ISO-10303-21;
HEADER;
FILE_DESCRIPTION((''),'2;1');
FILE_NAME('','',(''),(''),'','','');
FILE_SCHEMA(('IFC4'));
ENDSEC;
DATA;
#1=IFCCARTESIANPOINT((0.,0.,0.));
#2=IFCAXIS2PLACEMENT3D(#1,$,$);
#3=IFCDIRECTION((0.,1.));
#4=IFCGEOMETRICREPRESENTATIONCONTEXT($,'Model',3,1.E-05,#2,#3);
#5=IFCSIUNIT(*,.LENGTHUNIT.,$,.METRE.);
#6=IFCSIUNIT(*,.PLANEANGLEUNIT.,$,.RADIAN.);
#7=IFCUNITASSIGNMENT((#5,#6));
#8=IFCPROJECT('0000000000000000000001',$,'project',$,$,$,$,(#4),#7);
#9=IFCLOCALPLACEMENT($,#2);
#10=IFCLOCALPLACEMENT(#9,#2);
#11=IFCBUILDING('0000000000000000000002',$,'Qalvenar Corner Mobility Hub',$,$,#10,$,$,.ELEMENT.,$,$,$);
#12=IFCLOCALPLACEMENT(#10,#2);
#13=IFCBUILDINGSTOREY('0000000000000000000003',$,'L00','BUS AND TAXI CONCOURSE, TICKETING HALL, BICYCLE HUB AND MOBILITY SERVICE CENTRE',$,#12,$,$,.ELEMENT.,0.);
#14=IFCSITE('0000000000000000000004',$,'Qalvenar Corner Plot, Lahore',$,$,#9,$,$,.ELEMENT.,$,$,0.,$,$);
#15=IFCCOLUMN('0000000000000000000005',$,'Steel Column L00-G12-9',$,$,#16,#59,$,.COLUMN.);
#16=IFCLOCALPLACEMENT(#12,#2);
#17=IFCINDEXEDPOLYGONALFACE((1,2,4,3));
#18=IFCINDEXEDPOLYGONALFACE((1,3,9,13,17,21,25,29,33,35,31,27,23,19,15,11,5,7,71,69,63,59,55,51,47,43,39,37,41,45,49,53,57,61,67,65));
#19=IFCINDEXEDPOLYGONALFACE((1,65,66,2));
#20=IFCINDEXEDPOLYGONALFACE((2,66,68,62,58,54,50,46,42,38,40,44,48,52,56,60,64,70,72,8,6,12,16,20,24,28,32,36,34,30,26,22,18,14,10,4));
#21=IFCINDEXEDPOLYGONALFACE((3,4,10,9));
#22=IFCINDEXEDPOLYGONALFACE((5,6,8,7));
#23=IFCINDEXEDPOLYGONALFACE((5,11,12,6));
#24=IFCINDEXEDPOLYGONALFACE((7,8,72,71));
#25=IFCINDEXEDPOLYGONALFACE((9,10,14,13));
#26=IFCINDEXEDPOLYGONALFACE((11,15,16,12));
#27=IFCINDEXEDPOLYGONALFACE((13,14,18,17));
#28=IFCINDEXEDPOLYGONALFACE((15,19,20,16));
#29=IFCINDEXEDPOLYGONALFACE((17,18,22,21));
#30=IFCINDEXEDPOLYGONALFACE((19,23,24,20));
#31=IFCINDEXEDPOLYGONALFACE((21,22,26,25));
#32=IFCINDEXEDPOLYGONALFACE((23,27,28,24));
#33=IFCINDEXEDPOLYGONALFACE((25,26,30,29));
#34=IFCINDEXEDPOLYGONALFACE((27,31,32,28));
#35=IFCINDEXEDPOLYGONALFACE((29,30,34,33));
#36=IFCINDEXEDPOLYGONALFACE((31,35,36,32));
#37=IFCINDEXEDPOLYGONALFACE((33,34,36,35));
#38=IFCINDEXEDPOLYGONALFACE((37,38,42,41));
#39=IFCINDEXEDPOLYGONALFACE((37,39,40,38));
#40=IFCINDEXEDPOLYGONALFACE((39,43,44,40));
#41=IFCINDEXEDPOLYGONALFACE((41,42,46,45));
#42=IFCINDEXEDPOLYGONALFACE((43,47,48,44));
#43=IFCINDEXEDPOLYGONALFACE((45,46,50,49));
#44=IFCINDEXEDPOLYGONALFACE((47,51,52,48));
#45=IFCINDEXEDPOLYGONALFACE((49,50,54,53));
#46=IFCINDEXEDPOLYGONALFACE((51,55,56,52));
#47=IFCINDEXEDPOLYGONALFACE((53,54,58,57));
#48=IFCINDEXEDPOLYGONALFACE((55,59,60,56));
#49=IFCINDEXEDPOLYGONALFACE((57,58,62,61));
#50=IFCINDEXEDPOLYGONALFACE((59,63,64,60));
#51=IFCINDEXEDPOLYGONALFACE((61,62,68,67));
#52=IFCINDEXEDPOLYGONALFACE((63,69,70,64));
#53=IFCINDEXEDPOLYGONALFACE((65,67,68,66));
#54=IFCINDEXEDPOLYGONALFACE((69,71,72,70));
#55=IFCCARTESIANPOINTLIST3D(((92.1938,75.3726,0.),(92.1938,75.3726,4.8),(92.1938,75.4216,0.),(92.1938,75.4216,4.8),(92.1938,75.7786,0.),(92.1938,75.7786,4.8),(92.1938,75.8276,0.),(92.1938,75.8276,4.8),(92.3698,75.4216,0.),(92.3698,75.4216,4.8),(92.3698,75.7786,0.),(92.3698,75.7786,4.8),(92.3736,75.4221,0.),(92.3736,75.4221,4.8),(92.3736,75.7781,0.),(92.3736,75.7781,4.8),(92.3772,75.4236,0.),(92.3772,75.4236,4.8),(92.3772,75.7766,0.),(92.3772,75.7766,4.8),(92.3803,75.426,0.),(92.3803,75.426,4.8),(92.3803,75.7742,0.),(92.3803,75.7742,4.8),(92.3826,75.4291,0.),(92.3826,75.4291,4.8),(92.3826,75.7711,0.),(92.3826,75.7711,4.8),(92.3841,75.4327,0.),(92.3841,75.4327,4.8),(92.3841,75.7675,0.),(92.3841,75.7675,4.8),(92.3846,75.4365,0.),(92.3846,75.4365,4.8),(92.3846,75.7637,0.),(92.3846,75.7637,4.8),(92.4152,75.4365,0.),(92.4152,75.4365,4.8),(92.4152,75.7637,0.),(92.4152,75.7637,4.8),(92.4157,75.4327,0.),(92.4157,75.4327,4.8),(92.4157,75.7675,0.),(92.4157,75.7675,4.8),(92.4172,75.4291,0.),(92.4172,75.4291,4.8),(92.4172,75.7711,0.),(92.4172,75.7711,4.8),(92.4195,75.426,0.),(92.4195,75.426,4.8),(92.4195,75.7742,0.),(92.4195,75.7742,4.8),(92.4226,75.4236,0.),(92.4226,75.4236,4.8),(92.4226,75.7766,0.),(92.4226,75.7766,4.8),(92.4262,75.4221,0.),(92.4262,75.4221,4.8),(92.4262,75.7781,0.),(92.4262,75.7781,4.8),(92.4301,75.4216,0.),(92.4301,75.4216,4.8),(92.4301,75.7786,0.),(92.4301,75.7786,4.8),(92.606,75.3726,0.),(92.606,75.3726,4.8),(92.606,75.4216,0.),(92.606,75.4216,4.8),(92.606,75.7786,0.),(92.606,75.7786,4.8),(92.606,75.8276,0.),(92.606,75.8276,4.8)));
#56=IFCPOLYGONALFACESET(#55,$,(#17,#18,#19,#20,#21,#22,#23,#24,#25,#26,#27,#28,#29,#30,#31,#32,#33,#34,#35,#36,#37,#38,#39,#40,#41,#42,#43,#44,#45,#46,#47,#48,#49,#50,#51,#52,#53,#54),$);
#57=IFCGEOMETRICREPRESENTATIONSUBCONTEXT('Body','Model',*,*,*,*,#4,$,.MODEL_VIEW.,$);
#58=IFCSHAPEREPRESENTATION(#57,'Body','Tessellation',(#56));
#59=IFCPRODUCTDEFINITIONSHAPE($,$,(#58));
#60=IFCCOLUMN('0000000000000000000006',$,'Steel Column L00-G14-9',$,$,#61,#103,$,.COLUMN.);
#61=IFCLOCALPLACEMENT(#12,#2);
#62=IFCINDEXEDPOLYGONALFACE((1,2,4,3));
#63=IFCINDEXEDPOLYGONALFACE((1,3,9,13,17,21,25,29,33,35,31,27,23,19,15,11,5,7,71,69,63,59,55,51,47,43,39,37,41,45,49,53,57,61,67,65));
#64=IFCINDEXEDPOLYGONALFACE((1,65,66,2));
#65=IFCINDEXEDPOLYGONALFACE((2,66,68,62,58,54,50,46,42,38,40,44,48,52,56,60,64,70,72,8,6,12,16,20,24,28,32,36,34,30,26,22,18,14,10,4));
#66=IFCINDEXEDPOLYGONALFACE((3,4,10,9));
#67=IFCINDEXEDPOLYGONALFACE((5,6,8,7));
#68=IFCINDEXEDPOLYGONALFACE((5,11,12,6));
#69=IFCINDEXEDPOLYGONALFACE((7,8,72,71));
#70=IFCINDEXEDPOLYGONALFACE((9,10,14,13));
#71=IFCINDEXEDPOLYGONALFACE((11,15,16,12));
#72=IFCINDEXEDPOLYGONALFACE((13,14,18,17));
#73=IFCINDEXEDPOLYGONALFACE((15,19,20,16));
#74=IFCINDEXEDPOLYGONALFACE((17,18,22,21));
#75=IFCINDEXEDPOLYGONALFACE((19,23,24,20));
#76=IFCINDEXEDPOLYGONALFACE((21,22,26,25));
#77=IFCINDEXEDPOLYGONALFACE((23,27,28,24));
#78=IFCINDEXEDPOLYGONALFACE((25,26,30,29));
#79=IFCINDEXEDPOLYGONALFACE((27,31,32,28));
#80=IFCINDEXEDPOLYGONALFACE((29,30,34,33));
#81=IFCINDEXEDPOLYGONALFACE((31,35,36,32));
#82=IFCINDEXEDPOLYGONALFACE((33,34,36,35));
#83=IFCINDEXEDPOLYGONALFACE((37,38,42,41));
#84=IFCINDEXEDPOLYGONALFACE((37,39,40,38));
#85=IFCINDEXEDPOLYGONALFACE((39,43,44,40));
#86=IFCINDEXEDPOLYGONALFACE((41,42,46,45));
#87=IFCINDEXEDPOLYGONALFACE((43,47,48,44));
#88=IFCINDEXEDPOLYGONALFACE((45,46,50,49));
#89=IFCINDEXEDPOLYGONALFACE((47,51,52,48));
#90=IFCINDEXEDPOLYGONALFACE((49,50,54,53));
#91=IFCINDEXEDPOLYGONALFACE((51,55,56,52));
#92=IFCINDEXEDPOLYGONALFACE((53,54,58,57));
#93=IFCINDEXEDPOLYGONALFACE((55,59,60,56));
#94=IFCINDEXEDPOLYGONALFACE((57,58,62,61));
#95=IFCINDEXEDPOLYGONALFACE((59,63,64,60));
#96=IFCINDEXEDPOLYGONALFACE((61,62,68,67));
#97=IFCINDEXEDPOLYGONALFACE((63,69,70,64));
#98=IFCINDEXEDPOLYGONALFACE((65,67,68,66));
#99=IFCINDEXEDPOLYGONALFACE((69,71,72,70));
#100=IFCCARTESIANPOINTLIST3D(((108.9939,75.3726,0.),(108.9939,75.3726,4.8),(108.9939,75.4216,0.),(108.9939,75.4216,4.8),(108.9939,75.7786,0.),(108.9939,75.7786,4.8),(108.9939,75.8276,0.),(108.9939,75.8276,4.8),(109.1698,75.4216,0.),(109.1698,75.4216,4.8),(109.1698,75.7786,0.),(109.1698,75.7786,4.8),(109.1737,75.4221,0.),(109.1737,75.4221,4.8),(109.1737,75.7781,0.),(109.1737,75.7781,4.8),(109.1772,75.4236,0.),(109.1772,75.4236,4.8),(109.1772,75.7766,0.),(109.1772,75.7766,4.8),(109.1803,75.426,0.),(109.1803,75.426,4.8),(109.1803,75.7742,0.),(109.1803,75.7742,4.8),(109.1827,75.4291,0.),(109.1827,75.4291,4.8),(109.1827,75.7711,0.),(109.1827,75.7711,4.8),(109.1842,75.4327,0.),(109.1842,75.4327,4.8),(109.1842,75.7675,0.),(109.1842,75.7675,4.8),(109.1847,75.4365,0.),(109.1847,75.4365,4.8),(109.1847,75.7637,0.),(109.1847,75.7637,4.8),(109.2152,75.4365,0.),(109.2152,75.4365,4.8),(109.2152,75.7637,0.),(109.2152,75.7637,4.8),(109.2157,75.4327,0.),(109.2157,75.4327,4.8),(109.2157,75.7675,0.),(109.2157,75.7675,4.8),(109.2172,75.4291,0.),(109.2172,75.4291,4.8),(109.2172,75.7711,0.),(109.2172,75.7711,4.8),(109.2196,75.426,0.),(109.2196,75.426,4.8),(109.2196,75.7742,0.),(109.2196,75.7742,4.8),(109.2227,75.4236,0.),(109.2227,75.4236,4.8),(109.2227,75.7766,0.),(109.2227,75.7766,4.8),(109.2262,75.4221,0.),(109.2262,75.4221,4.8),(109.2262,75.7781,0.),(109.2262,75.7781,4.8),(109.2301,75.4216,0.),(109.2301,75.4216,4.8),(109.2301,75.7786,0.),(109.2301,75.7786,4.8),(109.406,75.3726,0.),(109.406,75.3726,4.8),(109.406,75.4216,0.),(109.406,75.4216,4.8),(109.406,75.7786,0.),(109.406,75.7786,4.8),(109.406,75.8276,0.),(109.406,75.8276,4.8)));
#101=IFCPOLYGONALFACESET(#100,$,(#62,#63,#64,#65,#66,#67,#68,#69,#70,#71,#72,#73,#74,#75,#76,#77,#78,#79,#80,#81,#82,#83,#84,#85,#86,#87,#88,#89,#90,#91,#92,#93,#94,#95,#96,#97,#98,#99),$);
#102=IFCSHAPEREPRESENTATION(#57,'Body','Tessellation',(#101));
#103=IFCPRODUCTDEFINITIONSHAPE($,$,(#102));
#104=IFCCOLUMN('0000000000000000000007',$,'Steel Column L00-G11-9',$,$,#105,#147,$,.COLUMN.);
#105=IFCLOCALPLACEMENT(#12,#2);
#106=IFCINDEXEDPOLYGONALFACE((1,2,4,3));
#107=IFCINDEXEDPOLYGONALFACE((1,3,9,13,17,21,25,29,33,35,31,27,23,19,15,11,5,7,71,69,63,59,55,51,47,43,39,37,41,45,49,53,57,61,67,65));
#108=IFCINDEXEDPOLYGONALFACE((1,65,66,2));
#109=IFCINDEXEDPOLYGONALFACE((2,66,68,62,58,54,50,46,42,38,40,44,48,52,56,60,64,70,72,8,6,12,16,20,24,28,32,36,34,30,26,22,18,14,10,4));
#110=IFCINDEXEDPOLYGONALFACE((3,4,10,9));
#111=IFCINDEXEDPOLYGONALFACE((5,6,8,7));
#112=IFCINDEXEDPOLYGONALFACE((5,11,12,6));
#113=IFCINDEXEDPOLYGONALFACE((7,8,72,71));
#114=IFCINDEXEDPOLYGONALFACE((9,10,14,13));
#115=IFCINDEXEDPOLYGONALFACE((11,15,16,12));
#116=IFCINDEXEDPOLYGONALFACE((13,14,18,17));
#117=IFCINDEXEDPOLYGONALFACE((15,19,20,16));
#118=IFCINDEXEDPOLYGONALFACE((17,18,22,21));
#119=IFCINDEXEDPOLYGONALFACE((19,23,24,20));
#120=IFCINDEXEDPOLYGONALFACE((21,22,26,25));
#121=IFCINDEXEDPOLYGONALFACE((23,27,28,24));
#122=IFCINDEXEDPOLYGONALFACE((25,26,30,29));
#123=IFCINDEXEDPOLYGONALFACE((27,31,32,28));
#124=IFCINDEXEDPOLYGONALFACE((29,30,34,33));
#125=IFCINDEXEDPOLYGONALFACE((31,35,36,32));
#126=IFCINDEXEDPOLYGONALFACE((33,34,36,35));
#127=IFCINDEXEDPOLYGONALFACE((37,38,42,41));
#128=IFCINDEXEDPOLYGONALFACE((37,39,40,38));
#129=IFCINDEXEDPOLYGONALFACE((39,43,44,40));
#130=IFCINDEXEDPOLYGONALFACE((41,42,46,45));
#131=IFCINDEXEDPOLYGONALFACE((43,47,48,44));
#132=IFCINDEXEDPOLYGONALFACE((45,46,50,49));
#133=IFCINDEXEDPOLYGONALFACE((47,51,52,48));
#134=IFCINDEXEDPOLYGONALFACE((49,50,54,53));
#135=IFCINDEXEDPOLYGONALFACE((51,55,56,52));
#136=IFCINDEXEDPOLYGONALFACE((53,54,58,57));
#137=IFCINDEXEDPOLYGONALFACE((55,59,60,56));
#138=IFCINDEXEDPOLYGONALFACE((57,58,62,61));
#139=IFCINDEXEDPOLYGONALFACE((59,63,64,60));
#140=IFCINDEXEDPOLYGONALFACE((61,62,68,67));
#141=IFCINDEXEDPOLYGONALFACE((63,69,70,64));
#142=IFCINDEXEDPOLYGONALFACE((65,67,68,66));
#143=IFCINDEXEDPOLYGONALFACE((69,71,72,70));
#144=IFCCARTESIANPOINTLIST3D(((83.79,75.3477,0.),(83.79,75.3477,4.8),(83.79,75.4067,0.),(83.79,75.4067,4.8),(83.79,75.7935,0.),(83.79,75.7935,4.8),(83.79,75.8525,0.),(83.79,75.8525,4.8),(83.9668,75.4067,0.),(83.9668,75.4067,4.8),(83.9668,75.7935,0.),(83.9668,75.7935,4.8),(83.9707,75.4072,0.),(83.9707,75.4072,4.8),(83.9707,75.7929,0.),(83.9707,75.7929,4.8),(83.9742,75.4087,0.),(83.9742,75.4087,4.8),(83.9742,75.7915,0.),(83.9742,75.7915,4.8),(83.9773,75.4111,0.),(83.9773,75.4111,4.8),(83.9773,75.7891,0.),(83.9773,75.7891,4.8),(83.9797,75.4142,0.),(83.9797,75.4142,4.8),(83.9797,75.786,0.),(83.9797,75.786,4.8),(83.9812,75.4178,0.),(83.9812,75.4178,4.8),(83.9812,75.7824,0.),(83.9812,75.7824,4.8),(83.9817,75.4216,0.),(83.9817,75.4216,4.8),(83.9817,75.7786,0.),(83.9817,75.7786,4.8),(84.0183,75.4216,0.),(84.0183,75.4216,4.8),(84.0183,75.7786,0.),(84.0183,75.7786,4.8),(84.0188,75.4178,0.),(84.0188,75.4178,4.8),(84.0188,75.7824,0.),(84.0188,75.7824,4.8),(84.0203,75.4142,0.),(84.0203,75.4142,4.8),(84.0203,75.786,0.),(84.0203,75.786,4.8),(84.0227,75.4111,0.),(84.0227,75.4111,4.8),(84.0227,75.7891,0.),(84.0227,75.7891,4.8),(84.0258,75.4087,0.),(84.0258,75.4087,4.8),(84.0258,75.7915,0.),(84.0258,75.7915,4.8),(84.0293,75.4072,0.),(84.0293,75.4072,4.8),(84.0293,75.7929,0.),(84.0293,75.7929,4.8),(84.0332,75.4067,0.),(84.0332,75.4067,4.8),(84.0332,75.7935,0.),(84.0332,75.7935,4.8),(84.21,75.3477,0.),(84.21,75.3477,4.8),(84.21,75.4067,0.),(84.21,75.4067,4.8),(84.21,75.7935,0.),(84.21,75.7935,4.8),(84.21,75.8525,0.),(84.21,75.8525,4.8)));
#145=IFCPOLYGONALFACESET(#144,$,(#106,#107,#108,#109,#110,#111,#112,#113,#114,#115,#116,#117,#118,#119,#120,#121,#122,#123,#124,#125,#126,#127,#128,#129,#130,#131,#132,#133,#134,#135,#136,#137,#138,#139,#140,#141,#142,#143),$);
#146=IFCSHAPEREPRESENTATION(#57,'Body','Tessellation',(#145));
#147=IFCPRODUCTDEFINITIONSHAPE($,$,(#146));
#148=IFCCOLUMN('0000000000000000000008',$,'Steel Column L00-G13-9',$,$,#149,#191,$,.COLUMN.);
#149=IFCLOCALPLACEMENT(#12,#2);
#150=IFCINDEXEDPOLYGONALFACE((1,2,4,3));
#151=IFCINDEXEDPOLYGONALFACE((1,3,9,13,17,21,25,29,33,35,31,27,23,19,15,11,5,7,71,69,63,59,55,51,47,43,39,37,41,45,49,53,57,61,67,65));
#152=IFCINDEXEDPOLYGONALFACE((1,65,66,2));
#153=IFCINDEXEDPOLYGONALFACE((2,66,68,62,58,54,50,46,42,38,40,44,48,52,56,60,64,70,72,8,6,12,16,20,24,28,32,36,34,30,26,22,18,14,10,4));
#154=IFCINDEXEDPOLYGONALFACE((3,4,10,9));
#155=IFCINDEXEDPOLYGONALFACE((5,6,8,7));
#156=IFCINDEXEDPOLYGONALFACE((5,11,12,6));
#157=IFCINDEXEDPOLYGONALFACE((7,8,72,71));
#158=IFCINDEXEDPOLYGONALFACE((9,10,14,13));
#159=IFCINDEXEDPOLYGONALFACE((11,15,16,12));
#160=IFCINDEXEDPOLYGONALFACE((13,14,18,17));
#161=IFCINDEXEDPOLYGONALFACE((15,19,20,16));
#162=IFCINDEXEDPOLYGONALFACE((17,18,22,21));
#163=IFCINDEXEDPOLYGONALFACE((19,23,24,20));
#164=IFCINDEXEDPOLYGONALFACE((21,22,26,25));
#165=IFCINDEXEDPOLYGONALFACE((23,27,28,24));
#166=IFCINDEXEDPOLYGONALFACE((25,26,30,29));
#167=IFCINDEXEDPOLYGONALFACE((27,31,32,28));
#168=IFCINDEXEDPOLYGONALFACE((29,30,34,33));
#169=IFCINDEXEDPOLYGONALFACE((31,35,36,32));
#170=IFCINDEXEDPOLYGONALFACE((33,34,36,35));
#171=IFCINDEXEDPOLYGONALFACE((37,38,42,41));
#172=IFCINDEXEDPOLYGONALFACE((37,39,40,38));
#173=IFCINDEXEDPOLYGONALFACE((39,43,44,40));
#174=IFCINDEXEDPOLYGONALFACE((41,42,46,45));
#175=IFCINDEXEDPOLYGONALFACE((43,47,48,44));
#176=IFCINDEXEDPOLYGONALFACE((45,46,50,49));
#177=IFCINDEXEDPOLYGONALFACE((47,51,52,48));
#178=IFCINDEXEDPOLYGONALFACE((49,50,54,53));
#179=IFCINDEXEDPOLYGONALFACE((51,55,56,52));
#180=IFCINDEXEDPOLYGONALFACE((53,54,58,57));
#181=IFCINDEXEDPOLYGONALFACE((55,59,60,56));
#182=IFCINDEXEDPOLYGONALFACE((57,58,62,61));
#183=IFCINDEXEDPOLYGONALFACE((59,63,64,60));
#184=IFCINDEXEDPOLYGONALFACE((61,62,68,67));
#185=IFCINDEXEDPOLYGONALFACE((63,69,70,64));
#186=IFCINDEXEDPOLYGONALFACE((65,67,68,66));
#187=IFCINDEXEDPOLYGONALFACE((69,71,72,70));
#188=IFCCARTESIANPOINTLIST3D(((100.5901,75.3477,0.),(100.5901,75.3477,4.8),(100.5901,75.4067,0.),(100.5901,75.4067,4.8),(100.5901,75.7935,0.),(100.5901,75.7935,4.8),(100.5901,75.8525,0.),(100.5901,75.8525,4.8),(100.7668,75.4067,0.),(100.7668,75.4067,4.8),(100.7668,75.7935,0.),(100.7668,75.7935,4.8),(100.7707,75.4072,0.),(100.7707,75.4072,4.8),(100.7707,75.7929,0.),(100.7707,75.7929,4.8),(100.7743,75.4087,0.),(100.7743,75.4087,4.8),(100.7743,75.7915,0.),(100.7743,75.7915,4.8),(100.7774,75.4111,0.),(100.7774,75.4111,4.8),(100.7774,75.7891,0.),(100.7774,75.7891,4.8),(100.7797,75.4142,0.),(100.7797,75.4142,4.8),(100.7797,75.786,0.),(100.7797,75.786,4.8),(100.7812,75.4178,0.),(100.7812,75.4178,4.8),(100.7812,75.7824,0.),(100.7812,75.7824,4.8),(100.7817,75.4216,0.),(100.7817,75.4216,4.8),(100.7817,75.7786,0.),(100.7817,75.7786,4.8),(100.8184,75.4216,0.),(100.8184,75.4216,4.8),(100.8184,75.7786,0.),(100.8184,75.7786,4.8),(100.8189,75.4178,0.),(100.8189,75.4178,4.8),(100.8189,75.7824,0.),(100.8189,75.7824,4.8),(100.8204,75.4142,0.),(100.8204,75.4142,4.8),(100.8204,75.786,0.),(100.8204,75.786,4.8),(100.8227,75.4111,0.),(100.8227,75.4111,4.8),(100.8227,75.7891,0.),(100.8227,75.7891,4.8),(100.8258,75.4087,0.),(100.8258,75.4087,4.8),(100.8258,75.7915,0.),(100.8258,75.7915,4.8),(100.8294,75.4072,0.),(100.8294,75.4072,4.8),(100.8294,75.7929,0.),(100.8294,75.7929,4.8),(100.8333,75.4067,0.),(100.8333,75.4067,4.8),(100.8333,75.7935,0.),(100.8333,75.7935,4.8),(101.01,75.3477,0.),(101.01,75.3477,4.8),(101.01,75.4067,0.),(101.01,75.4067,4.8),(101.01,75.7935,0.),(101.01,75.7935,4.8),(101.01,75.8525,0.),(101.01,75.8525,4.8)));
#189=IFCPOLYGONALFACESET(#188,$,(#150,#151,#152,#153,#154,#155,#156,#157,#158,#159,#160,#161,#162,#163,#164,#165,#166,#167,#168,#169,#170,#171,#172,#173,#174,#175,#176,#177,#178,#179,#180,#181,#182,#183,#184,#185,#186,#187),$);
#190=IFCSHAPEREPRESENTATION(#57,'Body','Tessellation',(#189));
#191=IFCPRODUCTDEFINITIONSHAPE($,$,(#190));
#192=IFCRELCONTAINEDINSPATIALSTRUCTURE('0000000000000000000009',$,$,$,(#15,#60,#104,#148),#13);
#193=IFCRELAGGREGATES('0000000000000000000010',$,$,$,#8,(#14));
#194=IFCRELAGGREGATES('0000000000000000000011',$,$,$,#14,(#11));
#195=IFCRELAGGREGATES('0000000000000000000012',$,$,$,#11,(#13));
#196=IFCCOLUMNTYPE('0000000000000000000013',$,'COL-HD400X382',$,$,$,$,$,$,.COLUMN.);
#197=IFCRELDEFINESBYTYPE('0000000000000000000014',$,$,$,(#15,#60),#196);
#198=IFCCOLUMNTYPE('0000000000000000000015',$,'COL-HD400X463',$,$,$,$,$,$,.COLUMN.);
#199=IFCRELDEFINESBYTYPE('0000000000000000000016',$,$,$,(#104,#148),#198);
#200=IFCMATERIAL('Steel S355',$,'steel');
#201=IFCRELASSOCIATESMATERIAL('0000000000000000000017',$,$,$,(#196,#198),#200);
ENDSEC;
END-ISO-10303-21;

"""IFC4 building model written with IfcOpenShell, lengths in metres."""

from ifc_helpers import new_model, si_unit, direction, frame, origin, origin_2d, place, context, subcontext, project, spatial, i_section, extrude, material, material_profile, profile_set, type_object, element, save


model = new_model("IFC4")

# Units and contexts
model_context = context("Model", 3, precision=1e-05, world=origin(), true_north=direction((0.0, 1.0)))
body_context = subcontext(model_context, "Body", "Model", "MODEL_VIEW")
ifc_project = project(units=[si_unit("LENGTHUNIT", "METRE"), si_unit("PLANEANGLEUNIT", "RADIAN")], contexts=[model_context])

# Site, building, storey
site_placement = place(None, origin())
site = spatial("IfcSite", under=ifc_project, at=site_placement, Name="Qalvenar Corner Plot, Lahore", CompositionType="ELEMENT", RefElevation=0.0)
building_placement = place(site_placement, origin())
building = spatial("IfcBuilding", under=site, at=building_placement, Name="Qalvenar Corner Mobility Hub", CompositionType="ELEMENT")
storey_placement = place(building_placement, origin())
storey = spatial("IfcBuildingStorey", under=building, at=storey_placement, Name="L00", Description="BUS AND TAXI CONCOURSE, TICKETING HALL, BICYCLE HUB AND MOBILITY SERVICE CENTRE", CompositionType="ELEMENT", Elevation=0.0)

# Columns
ifc_material_1 = material(Name="Steel S355", Category="steel")
ifc_material_profile_1 = material_profile(ifc_material_1, i_section(OverallWidth=0.4121, OverallDepth=0.4551, WebThickness=0.0305, FlangeThickness=0.0491, FilletRadius=0.0149, at=origin_2d()), Name="HD400x421")
ifc_profile_set_1 = profile_set([ifc_material_profile_1], Name="Steel S355")
column_type_1 = type_object("IfcColumnType", Name="COL-HD400X382", PredefinedType="COLUMN", material=ifc_profile_set_1)
for number, where, z_axis, x_axis, name in (
    (1, (92.3999, 75.6001, 0.0), (0.0, 0.0, 1.0), (1.0, 0.0, 0.0), "Steel Column L00-G12-9"),
    (2, (109.2, 75.6001, 0.0), (0.0, 0.0, 1.0), (1.0, 0.0, 0.0), "Steel Column L00-G14-9"),
):
    element("IfcColumn", number, at=place(storey_placement, frame(where, z_axis=z_axis, x_axis=x_axis)), inside=storey, type_object=column_type_1, Name=name, PredefinedType="COLUMN", context=body_context, shape_type="SweptSolid", body=[
        extrude(i_section(OverallWidth=0.4121, OverallDepth=0.4551, WebThickness=0.0305, FlangeThickness=0.0491, FilletRadius=0.0149, at=origin_2d()), origin(), (0.0, 0.0, 1.0), 4.8),
    ])
ifc_material_profile_2 = material_profile(ifc_material_1, i_section(OverallWidth=0.4199, OverallDepth=0.5049, WebThickness=0.0366, FlangeThickness=0.0591, FilletRadius=0.0149, at=origin_2d()), Name="HD400x551")
ifc_profile_set_2 = profile_set([ifc_material_profile_2], Name="Steel S355")
column_type_2 = type_object("IfcColumnType", Name="COL-HD400X463", PredefinedType="COLUMN", material=ifc_profile_set_2)
for number, where, z_axis, x_axis, name in (
    (3, (84.0, 75.6001, 0.0), (0.0, 0.0, 1.0), (1.0, 0.0, 0.0), "Steel Column L00-G11-9"),
    (4, (100.8, 75.6001, 0.0), (0.0, 0.0, 1.0), (1.0, 0.0, 0.0), "Steel Column L00-G13-9"),
):
    element("IfcColumn", number, at=place(storey_placement, frame(where, z_axis=z_axis, x_axis=x_axis)), inside=storey, type_object=column_type_2, Name=name, PredefinedType="COLUMN", context=body_context, shape_type="SweptSolid", body=[
        extrude(i_section(OverallWidth=0.4199, OverallDepth=0.5049, WebThickness=0.0366, FlangeThickness=0.0591, FilletRadius=0.0149, at=origin_2d()), origin(), (0.0, 0.0, 1.0), 4.8),
    ])

save(model, "model.ifc")
